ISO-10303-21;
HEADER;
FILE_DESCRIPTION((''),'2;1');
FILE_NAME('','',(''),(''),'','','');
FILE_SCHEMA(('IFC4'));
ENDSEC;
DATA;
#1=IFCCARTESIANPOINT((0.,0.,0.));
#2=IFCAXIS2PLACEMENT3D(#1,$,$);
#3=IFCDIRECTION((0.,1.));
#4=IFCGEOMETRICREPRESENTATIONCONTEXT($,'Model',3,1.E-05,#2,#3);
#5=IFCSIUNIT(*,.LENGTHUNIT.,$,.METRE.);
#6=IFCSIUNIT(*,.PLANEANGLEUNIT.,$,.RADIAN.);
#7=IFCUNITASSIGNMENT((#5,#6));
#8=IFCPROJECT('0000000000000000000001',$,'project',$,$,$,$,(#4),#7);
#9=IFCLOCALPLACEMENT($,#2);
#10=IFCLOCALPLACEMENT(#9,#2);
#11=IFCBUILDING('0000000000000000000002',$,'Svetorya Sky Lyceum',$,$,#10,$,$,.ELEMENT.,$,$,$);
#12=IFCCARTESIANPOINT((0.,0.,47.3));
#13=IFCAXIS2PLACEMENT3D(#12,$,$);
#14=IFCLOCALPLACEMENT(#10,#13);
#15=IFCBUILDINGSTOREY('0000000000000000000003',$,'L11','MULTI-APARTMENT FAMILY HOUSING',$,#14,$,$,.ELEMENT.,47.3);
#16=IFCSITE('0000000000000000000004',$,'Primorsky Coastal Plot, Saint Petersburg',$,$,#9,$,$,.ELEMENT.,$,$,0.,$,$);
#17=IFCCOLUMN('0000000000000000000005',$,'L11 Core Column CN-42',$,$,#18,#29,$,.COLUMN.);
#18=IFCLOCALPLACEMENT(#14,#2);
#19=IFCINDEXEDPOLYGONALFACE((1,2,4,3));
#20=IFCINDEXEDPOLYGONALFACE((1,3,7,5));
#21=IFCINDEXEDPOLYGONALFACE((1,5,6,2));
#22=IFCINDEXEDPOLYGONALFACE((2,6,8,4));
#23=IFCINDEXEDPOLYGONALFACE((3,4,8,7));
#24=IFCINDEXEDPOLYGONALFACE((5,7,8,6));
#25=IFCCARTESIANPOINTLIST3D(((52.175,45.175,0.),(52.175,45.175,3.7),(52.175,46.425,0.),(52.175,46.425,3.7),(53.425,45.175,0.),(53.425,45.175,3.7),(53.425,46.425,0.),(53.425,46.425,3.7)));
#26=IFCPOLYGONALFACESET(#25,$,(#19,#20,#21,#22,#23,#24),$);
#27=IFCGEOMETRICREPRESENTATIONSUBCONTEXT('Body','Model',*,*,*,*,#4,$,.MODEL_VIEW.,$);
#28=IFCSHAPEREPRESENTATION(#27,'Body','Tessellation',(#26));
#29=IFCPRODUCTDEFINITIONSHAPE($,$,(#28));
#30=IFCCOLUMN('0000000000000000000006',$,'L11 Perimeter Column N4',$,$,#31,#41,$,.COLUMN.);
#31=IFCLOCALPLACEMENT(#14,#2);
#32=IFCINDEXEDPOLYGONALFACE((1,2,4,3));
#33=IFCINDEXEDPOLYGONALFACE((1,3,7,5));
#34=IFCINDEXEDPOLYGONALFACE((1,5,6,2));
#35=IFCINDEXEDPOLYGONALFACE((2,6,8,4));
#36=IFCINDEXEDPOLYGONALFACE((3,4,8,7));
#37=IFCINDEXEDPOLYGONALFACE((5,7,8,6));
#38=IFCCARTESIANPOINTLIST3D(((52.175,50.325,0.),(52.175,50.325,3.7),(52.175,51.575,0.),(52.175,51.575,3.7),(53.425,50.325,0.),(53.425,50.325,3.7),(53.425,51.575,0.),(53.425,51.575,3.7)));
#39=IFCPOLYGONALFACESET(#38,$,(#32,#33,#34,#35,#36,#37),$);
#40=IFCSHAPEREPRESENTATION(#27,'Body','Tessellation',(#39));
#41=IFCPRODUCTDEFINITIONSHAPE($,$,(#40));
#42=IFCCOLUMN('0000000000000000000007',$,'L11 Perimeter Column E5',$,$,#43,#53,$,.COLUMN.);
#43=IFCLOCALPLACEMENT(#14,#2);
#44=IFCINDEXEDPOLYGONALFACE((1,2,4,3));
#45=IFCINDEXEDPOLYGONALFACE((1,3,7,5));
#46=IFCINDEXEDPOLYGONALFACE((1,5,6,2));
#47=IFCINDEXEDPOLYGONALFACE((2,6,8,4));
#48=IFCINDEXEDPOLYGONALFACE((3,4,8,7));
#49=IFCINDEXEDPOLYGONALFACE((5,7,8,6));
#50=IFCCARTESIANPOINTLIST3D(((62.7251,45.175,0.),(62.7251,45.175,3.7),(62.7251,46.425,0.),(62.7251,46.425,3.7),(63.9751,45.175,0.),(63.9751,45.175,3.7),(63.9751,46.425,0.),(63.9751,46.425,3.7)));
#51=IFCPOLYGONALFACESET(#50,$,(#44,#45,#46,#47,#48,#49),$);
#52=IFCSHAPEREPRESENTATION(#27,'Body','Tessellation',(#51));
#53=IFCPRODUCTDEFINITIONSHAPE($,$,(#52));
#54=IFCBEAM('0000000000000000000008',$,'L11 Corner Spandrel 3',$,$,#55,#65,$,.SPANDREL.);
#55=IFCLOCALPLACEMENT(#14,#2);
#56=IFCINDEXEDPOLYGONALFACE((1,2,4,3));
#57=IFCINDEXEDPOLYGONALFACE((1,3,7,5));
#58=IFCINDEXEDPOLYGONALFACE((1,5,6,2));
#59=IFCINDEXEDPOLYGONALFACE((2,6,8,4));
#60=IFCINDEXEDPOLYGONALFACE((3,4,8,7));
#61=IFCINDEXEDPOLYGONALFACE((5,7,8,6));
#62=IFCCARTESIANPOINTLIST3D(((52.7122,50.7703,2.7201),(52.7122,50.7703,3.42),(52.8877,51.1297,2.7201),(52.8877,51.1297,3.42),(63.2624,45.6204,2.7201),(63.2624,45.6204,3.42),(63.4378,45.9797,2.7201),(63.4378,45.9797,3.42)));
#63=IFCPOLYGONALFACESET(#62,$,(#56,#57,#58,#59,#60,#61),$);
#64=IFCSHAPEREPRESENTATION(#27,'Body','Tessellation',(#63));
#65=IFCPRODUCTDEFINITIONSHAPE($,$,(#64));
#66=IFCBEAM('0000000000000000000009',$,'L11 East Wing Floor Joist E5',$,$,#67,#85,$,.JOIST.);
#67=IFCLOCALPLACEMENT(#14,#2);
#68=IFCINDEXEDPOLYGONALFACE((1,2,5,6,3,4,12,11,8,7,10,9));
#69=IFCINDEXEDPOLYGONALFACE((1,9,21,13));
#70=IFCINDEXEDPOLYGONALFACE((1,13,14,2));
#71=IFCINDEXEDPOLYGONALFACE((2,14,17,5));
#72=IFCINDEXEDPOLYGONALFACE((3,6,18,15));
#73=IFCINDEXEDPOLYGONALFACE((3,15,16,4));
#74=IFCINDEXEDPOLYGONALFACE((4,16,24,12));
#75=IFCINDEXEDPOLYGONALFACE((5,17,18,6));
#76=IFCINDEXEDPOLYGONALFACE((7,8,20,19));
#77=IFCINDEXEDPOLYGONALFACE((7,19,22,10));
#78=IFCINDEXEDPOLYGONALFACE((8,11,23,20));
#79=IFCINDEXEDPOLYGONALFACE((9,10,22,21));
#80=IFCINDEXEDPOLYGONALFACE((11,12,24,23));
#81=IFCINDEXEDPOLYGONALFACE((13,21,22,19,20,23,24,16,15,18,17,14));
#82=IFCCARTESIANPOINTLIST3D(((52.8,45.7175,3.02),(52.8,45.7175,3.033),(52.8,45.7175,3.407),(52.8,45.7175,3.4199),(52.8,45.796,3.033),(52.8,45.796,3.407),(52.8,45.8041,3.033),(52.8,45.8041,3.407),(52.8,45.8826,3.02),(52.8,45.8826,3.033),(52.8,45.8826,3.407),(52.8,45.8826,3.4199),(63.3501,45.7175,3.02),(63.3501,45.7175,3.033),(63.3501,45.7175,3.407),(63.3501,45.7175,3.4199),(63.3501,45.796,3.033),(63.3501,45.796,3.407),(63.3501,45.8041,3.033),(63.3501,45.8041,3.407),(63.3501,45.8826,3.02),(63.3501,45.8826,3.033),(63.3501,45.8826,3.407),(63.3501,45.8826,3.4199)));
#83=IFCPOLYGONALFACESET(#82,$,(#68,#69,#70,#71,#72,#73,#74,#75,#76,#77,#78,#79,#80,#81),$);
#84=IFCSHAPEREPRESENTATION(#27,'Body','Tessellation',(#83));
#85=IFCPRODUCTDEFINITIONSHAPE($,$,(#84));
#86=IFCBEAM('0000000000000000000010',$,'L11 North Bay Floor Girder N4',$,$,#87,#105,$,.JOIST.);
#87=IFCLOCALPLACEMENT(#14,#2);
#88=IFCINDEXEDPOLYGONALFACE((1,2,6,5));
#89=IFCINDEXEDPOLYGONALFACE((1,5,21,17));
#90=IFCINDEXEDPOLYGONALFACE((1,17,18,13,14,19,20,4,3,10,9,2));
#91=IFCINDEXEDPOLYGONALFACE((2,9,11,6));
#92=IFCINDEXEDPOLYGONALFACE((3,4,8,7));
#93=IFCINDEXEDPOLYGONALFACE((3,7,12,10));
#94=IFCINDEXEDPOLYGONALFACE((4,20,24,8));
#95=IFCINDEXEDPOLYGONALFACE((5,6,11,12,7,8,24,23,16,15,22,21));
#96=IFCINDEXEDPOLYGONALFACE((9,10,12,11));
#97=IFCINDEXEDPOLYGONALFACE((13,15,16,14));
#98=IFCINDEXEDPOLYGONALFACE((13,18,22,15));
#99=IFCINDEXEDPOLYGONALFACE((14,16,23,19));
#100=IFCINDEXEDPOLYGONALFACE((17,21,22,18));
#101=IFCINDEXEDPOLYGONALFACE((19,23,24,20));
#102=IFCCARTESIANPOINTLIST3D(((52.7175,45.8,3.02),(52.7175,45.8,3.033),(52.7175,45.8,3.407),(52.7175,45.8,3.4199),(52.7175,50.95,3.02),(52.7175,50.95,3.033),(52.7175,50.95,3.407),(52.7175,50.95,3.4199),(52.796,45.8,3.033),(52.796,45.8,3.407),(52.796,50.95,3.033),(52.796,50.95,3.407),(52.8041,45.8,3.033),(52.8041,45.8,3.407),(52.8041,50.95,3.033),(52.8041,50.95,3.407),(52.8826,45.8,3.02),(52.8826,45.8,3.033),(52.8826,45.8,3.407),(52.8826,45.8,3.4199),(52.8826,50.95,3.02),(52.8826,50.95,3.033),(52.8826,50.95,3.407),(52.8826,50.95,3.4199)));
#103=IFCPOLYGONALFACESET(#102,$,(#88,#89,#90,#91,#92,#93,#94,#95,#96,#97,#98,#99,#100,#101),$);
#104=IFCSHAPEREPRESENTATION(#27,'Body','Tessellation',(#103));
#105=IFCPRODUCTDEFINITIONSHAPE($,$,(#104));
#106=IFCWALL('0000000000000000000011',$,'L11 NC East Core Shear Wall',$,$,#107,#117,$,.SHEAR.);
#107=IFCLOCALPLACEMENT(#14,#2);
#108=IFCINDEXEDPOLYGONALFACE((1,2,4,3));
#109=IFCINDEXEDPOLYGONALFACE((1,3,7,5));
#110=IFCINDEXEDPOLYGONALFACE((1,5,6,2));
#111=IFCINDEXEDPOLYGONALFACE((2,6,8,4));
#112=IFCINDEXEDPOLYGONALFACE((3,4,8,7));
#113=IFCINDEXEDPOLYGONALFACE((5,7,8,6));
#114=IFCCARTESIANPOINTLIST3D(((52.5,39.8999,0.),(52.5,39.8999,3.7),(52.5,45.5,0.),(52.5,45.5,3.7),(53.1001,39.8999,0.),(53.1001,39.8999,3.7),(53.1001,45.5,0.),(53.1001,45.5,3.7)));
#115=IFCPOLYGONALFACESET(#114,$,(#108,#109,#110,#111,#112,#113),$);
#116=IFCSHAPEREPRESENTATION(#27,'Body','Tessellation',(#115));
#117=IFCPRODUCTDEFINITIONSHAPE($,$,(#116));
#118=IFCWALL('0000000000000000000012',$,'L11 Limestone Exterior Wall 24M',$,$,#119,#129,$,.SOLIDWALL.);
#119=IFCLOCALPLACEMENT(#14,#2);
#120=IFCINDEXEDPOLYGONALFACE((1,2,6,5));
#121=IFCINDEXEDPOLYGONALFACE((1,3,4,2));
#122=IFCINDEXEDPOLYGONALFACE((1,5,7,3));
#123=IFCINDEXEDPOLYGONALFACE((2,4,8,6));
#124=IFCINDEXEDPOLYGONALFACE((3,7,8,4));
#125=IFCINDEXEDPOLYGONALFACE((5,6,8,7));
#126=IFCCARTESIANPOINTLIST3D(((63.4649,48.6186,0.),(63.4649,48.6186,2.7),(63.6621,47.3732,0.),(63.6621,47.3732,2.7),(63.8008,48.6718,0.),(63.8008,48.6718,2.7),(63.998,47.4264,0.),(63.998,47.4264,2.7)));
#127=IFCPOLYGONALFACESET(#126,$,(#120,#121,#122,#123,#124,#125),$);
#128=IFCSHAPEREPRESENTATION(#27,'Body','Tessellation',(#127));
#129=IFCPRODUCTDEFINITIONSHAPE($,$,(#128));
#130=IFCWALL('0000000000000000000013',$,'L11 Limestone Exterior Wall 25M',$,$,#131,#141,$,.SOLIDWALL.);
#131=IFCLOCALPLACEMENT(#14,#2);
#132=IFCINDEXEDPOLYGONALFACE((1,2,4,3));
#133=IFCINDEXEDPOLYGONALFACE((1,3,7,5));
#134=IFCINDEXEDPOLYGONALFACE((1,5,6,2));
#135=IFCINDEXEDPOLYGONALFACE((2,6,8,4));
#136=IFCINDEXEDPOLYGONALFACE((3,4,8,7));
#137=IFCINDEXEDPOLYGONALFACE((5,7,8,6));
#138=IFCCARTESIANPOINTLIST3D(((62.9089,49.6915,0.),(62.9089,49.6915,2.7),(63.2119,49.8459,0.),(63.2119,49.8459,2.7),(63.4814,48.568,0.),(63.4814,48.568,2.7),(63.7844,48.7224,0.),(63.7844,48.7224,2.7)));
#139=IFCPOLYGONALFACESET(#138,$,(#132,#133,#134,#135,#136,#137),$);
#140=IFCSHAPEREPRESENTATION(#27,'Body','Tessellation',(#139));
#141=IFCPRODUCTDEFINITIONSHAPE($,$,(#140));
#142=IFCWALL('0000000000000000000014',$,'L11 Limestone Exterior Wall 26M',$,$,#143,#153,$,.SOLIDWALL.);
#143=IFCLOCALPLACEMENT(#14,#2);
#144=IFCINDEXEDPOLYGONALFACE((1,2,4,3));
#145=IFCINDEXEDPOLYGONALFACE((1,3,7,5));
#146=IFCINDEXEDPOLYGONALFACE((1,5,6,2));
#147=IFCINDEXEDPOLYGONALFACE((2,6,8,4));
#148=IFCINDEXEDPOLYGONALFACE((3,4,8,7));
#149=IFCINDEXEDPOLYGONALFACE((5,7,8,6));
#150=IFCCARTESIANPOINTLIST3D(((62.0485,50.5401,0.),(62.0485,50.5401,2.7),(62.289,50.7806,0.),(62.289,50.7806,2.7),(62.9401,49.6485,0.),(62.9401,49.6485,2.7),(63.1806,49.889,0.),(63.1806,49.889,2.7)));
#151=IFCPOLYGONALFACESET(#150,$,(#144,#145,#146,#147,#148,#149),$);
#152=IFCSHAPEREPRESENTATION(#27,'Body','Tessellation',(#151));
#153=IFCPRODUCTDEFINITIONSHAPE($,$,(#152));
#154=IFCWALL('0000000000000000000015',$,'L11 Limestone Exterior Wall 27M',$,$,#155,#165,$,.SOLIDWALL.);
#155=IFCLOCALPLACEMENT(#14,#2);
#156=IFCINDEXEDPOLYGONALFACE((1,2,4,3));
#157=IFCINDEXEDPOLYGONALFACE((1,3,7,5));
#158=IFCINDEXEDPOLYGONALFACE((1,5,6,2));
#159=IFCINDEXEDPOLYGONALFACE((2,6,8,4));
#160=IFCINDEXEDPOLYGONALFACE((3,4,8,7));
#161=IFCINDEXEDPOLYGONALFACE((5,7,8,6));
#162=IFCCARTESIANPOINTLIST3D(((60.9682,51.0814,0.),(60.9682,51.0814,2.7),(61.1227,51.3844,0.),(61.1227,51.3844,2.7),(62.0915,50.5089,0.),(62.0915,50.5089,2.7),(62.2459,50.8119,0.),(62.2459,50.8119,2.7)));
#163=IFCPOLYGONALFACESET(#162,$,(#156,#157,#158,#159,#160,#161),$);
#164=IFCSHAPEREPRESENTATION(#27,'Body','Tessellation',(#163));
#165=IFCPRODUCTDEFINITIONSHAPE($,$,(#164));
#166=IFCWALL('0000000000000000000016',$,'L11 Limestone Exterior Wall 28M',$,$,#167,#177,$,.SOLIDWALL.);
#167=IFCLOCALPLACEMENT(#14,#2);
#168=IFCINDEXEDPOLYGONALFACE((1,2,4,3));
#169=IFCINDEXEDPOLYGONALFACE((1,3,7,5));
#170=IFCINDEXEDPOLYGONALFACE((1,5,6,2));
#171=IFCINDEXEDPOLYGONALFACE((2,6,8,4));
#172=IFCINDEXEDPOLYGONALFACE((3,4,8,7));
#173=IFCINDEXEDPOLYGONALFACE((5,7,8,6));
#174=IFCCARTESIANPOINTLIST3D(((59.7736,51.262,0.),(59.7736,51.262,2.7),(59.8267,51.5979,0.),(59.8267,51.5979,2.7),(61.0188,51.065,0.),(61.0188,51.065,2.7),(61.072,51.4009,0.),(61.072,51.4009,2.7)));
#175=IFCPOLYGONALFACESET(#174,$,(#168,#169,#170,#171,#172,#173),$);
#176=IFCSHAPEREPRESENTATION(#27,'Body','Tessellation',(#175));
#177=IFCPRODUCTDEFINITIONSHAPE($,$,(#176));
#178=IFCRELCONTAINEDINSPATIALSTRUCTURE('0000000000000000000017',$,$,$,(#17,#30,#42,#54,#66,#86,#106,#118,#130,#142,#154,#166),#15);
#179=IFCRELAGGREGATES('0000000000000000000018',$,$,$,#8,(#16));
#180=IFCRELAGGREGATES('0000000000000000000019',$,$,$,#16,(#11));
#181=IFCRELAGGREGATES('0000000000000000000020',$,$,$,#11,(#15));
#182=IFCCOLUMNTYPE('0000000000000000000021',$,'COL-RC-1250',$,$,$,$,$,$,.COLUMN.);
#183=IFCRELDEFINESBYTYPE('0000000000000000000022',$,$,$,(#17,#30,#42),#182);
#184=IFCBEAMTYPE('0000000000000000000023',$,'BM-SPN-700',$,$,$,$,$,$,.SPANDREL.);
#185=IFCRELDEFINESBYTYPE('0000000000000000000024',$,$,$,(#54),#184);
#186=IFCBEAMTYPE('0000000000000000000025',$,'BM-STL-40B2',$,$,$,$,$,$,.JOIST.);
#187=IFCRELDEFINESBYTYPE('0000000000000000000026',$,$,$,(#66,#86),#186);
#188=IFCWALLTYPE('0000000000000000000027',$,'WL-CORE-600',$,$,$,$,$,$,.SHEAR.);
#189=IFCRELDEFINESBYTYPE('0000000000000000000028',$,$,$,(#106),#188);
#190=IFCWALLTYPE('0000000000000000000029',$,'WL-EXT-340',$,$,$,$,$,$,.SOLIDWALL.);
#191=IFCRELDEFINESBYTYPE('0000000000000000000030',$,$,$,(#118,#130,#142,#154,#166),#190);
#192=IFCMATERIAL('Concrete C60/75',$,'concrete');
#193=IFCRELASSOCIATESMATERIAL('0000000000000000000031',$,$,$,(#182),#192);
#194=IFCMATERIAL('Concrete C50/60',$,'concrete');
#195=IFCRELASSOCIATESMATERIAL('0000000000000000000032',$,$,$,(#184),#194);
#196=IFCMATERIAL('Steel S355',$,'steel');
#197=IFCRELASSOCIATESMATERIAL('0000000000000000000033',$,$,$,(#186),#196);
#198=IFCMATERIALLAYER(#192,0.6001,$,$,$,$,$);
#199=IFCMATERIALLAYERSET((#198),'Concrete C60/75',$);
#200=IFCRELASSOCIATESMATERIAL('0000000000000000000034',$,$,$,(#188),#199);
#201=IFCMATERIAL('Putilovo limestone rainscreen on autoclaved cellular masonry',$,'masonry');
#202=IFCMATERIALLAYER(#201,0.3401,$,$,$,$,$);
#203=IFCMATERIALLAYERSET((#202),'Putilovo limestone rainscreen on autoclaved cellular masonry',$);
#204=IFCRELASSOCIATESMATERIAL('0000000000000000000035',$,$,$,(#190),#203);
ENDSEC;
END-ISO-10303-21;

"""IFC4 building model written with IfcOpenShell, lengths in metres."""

from ifc_helpers import new_model, si_unit, direction, frame, frame_2d, origin, origin_2d, place, context, subcontext, project, spatial, rectangle, i_section, extrude, material, layer, layer_set, material_profile, profile_set, type_object, element, save


model = new_model("IFC4")

# Units and contexts
model_context = context("Model", 3, precision=1e-05, world=origin(), true_north=direction((0.0, 1.0)))
body_context = subcontext(model_context, "Body", "Model", "MODEL_VIEW")
ifc_project = project(units=[si_unit("LENGTHUNIT", "METRE"), si_unit("PLANEANGLEUNIT", "RADIAN")], contexts=[model_context])

# Site, building, storey
site_placement = place(None, origin())
site = spatial("IfcSite", under=ifc_project, at=site_placement, Name="Primorsky Coastal Plot, Saint Petersburg", CompositionType="ELEMENT", RefElevation=0.0)
building_placement = place(site_placement, origin())
building = spatial("IfcBuilding", under=site, at=building_placement, Name="Svetorya Sky Lyceum", CompositionType="ELEMENT")
storey_placement = place(building_placement, frame((0.0, 0.0, 47.3)))
storey = spatial("IfcBuildingStorey", under=building, at=storey_placement, Name="L11", Description="MULTI-APARTMENT FAMILY HOUSING", CompositionType="ELEMENT", Elevation=47.3)

# Columns
ifc_material_1 = material(Name="Concrete C60/75", Category="concrete")
ifc_material_profile_1 = material_profile(ifc_material_1, rectangle(XDim=1.25, YDim=1.25, at=origin_2d()), Name="RC COL 1250x1250")
ifc_profile_set_1 = profile_set([ifc_material_profile_1], Name="Concrete C60/75")
column_type = type_object("IfcColumnType", Name="COL-RC-1250", PredefinedType="COLUMN", material=ifc_profile_set_1)
for number, where, z_axis, x_axis, name in (
    (1, (52.8, 45.8, 0.0), (0.0, 0.0, 1.0), (1.0, 0.0, 0.0), "L11 Core Column CN-42"),
    (2, (52.8, 50.95, 0.0), (0.0, 0.0, 1.0), (1.0, 0.0, 0.0), "L11 Perimeter Column N4"),
    (3, (63.3501, 45.8, 0.0), (0.0, 0.0, 1.0), (1.0, 0.0, 0.0), "L11 Perimeter Column E5"),
):
    element("IfcColumn", number, at=place(storey_placement, frame(where, z_axis=z_axis, x_axis=x_axis)), inside=storey, type_object=column_type, Name=name, PredefinedType="COLUMN", context=body_context, shape_type="SweptSolid", body=[
        extrude(rectangle(XDim=1.25, YDim=1.25, at=origin_2d()), origin(), (0.0, 0.0, 1.0), 3.7),
    ])

# Beams
ifc_material_2 = material(Name="Concrete C50/60", Category="concrete")
ifc_material_profile_2 = material_profile(ifc_material_2, rectangle(XDim=0.3999, YDim=0.7, at=origin_2d()), Name="RC SPANDREL 400x700")
ifc_profile_set_2 = profile_set([ifc_material_profile_2], Name="Concrete C50/60")
beam_type_1 = type_object("IfcBeamType", Name="BM-SPN-700", PredefinedType="SPANDREL", material=ifc_profile_set_2)
beam_1_placement = place(storey_placement, frame((63.3501, 45.8, 3.0701), z_axis=(-0.89865, 0.438667, 0.0), x_axis=(-0.438667, -0.89865, 0.0)))
element("IfcBeam", 4, at=beam_1_placement, inside=storey, type_object=beam_type_1, Name="L11 Corner Spandrel 3", PredefinedType="SPANDREL", context=body_context, shape_type="SweptSolid", body=[
    extrude(rectangle(XDim=0.3999, YDim=0.7, at=origin_2d()), origin(), (0.0, 0.0, 1.0), 11.74),
])
ifc_material_3 = material(Name="Steel S355", Category="steel")
ifc_material_profile_3 = material_profile(ifc_material_3, i_section(OverallWidth=0.165, OverallDepth=0.3999, WebThickness=0.0081, FlangeThickness=0.0129, at=origin_2d()), Name="GOST 40B2")
ifc_profile_set_3 = profile_set([ifc_material_profile_3], Name="Steel S355")
beam_type_2 = type_object("IfcBeamType", Name="BM-STL-40B2", PredefinedType="JOIST", material=ifc_profile_set_3)
beam_2_placement = place(storey_placement, frame((52.8, 45.8, 3.22), z_axis=(1.0, 0.0, 0.0), x_axis=(0.0, 1.0, 0.0)))
element("IfcBeam", 5, at=beam_2_placement, inside=storey, type_object=beam_type_2, Name="L11 East Wing Floor Joist E5", PredefinedType="JOIST", context=body_context, shape_type="SweptSolid", body=[
    extrude(i_section(OverallWidth=0.165, OverallDepth=0.3999, WebThickness=0.0081, FlangeThickness=0.0129, at=origin_2d()), origin(), (0.0, 0.0, 1.0), 10.55),
])
beam_3_placement = place(storey_placement, frame((52.8, 45.8, 3.22), z_axis=(0.0, 1.0, 0.0), x_axis=(-1.0, 0.0, 0.0)))
element("IfcBeam", 6, at=beam_3_placement, inside=storey, type_object=beam_type_2, Name="L11 North Bay Floor Girder N4", PredefinedType="JOIST", context=body_context, shape_type="SweptSolid", body=[
    extrude(i_section(OverallWidth=0.165, OverallDepth=0.3999, WebThickness=0.0081, FlangeThickness=0.0129, at=origin_2d()), origin(), (0.0, 0.0, 1.0), 5.1499),
])

# Walls
ifc_layer_1 = layer(ifc_material_1, 0.6001)
ifc_layer_set_1 = layer_set([ifc_layer_1], Name="Concrete C60/75")
wall_type_1 = type_object("IfcWallType", Name="WL-CORE-600", PredefinedType="SHEAR", material=ifc_layer_set_1)
wall_1_placement = place(storey_placement, frame((52.8, 39.8999, 0.0), z_axis=(0.0, 0.0, 1.0), x_axis=(0.0, 1.0, 0.0)))
element("IfcWall", 7, at=wall_1_placement, inside=storey, type_object=wall_type_1, Name="L11 NC East Core Shear Wall", PredefinedType="SHEAR", context=body_context, shape_type="SweptSolid", body=[
    extrude(rectangle(XDim=5.6001, YDim=0.6001, at=frame_2d((2.8, 0.0))), origin(), (0.0, 0.0, 1.0), 3.7),
])
ifc_material_4 = material(Name="Putilovo limestone rainscreen on autoclaved cellular masonry", Category="masonry")
ifc_layer_2 = layer(ifc_material_4, 0.3401)
ifc_layer_set_2 = layer_set([ifc_layer_2], Name="Putilovo limestone rainscreen on autoclaved cellular masonry")
wall_type_2 = type_object("IfcWallType", Name="WL-EXT-340", PredefinedType="SOLIDWALL", material=ifc_layer_set_2)
for number, where, z_axis, x_axis, name in (
    (8, (63.8301, 47.3999, 0.0), (0.0, 0.0, 1.0), (-0.15645, 0.987686, 0.0), "L11 Limestone Exterior Wall 24M"),
    (9, (63.6328, 48.6453, 0.0), (0.0, 0.0, 1.0), (-0.454016, 0.890994, 0.0), "L11 Limestone Exterior Wall 25M"),
    (10, (63.0603, 49.7688, 0.0), (0.0, 0.0, 1.0), (-0.707107, 0.707107, 0.0), "L11 Limestone Exterior Wall 26M"),
):
    element("IfcWall", number, at=place(storey_placement, frame(where, z_axis=z_axis, x_axis=x_axis)), inside=storey, type_object=wall_type_2, Name=name, PredefinedType="SOLIDWALL", context=body_context, shape_type="SweptSolid", body=[
        extrude(rectangle(XDim=1.261, YDim=0.3401, at=frame_2d((0.6304, 0.0))), origin(), (0.0, 0.0, 1.0), 2.7),
    ])
for number, where, z_axis, x_axis, name in (
    (11, (62.1687, 50.6604, 0.0), (0.0, 0.0, 1.0), (-0.890954, 0.454094, 0.0), "L11 Limestone Exterior Wall 27M"),
    (12, (61.0454, 51.2329, 0.0), (0.0, 0.0, 1.0), (-0.987716, 0.156261, 0.0), "L11 Limestone Exterior Wall 28M"),
):
    element("IfcWall", number, at=place(storey_placement, frame(where, z_axis=z_axis, x_axis=x_axis)), inside=storey, type_object=wall_type_2, Name=name, PredefinedType="SOLIDWALL", context=body_context, shape_type="SweptSolid", body=[
        extrude(rectangle(XDim=1.2607, YDim=0.3401, at=frame_2d((0.6304, 0.0))), origin(), (0.0, 0.0, 1.0), 2.7),
    ])

save(model, "model.ifc")
